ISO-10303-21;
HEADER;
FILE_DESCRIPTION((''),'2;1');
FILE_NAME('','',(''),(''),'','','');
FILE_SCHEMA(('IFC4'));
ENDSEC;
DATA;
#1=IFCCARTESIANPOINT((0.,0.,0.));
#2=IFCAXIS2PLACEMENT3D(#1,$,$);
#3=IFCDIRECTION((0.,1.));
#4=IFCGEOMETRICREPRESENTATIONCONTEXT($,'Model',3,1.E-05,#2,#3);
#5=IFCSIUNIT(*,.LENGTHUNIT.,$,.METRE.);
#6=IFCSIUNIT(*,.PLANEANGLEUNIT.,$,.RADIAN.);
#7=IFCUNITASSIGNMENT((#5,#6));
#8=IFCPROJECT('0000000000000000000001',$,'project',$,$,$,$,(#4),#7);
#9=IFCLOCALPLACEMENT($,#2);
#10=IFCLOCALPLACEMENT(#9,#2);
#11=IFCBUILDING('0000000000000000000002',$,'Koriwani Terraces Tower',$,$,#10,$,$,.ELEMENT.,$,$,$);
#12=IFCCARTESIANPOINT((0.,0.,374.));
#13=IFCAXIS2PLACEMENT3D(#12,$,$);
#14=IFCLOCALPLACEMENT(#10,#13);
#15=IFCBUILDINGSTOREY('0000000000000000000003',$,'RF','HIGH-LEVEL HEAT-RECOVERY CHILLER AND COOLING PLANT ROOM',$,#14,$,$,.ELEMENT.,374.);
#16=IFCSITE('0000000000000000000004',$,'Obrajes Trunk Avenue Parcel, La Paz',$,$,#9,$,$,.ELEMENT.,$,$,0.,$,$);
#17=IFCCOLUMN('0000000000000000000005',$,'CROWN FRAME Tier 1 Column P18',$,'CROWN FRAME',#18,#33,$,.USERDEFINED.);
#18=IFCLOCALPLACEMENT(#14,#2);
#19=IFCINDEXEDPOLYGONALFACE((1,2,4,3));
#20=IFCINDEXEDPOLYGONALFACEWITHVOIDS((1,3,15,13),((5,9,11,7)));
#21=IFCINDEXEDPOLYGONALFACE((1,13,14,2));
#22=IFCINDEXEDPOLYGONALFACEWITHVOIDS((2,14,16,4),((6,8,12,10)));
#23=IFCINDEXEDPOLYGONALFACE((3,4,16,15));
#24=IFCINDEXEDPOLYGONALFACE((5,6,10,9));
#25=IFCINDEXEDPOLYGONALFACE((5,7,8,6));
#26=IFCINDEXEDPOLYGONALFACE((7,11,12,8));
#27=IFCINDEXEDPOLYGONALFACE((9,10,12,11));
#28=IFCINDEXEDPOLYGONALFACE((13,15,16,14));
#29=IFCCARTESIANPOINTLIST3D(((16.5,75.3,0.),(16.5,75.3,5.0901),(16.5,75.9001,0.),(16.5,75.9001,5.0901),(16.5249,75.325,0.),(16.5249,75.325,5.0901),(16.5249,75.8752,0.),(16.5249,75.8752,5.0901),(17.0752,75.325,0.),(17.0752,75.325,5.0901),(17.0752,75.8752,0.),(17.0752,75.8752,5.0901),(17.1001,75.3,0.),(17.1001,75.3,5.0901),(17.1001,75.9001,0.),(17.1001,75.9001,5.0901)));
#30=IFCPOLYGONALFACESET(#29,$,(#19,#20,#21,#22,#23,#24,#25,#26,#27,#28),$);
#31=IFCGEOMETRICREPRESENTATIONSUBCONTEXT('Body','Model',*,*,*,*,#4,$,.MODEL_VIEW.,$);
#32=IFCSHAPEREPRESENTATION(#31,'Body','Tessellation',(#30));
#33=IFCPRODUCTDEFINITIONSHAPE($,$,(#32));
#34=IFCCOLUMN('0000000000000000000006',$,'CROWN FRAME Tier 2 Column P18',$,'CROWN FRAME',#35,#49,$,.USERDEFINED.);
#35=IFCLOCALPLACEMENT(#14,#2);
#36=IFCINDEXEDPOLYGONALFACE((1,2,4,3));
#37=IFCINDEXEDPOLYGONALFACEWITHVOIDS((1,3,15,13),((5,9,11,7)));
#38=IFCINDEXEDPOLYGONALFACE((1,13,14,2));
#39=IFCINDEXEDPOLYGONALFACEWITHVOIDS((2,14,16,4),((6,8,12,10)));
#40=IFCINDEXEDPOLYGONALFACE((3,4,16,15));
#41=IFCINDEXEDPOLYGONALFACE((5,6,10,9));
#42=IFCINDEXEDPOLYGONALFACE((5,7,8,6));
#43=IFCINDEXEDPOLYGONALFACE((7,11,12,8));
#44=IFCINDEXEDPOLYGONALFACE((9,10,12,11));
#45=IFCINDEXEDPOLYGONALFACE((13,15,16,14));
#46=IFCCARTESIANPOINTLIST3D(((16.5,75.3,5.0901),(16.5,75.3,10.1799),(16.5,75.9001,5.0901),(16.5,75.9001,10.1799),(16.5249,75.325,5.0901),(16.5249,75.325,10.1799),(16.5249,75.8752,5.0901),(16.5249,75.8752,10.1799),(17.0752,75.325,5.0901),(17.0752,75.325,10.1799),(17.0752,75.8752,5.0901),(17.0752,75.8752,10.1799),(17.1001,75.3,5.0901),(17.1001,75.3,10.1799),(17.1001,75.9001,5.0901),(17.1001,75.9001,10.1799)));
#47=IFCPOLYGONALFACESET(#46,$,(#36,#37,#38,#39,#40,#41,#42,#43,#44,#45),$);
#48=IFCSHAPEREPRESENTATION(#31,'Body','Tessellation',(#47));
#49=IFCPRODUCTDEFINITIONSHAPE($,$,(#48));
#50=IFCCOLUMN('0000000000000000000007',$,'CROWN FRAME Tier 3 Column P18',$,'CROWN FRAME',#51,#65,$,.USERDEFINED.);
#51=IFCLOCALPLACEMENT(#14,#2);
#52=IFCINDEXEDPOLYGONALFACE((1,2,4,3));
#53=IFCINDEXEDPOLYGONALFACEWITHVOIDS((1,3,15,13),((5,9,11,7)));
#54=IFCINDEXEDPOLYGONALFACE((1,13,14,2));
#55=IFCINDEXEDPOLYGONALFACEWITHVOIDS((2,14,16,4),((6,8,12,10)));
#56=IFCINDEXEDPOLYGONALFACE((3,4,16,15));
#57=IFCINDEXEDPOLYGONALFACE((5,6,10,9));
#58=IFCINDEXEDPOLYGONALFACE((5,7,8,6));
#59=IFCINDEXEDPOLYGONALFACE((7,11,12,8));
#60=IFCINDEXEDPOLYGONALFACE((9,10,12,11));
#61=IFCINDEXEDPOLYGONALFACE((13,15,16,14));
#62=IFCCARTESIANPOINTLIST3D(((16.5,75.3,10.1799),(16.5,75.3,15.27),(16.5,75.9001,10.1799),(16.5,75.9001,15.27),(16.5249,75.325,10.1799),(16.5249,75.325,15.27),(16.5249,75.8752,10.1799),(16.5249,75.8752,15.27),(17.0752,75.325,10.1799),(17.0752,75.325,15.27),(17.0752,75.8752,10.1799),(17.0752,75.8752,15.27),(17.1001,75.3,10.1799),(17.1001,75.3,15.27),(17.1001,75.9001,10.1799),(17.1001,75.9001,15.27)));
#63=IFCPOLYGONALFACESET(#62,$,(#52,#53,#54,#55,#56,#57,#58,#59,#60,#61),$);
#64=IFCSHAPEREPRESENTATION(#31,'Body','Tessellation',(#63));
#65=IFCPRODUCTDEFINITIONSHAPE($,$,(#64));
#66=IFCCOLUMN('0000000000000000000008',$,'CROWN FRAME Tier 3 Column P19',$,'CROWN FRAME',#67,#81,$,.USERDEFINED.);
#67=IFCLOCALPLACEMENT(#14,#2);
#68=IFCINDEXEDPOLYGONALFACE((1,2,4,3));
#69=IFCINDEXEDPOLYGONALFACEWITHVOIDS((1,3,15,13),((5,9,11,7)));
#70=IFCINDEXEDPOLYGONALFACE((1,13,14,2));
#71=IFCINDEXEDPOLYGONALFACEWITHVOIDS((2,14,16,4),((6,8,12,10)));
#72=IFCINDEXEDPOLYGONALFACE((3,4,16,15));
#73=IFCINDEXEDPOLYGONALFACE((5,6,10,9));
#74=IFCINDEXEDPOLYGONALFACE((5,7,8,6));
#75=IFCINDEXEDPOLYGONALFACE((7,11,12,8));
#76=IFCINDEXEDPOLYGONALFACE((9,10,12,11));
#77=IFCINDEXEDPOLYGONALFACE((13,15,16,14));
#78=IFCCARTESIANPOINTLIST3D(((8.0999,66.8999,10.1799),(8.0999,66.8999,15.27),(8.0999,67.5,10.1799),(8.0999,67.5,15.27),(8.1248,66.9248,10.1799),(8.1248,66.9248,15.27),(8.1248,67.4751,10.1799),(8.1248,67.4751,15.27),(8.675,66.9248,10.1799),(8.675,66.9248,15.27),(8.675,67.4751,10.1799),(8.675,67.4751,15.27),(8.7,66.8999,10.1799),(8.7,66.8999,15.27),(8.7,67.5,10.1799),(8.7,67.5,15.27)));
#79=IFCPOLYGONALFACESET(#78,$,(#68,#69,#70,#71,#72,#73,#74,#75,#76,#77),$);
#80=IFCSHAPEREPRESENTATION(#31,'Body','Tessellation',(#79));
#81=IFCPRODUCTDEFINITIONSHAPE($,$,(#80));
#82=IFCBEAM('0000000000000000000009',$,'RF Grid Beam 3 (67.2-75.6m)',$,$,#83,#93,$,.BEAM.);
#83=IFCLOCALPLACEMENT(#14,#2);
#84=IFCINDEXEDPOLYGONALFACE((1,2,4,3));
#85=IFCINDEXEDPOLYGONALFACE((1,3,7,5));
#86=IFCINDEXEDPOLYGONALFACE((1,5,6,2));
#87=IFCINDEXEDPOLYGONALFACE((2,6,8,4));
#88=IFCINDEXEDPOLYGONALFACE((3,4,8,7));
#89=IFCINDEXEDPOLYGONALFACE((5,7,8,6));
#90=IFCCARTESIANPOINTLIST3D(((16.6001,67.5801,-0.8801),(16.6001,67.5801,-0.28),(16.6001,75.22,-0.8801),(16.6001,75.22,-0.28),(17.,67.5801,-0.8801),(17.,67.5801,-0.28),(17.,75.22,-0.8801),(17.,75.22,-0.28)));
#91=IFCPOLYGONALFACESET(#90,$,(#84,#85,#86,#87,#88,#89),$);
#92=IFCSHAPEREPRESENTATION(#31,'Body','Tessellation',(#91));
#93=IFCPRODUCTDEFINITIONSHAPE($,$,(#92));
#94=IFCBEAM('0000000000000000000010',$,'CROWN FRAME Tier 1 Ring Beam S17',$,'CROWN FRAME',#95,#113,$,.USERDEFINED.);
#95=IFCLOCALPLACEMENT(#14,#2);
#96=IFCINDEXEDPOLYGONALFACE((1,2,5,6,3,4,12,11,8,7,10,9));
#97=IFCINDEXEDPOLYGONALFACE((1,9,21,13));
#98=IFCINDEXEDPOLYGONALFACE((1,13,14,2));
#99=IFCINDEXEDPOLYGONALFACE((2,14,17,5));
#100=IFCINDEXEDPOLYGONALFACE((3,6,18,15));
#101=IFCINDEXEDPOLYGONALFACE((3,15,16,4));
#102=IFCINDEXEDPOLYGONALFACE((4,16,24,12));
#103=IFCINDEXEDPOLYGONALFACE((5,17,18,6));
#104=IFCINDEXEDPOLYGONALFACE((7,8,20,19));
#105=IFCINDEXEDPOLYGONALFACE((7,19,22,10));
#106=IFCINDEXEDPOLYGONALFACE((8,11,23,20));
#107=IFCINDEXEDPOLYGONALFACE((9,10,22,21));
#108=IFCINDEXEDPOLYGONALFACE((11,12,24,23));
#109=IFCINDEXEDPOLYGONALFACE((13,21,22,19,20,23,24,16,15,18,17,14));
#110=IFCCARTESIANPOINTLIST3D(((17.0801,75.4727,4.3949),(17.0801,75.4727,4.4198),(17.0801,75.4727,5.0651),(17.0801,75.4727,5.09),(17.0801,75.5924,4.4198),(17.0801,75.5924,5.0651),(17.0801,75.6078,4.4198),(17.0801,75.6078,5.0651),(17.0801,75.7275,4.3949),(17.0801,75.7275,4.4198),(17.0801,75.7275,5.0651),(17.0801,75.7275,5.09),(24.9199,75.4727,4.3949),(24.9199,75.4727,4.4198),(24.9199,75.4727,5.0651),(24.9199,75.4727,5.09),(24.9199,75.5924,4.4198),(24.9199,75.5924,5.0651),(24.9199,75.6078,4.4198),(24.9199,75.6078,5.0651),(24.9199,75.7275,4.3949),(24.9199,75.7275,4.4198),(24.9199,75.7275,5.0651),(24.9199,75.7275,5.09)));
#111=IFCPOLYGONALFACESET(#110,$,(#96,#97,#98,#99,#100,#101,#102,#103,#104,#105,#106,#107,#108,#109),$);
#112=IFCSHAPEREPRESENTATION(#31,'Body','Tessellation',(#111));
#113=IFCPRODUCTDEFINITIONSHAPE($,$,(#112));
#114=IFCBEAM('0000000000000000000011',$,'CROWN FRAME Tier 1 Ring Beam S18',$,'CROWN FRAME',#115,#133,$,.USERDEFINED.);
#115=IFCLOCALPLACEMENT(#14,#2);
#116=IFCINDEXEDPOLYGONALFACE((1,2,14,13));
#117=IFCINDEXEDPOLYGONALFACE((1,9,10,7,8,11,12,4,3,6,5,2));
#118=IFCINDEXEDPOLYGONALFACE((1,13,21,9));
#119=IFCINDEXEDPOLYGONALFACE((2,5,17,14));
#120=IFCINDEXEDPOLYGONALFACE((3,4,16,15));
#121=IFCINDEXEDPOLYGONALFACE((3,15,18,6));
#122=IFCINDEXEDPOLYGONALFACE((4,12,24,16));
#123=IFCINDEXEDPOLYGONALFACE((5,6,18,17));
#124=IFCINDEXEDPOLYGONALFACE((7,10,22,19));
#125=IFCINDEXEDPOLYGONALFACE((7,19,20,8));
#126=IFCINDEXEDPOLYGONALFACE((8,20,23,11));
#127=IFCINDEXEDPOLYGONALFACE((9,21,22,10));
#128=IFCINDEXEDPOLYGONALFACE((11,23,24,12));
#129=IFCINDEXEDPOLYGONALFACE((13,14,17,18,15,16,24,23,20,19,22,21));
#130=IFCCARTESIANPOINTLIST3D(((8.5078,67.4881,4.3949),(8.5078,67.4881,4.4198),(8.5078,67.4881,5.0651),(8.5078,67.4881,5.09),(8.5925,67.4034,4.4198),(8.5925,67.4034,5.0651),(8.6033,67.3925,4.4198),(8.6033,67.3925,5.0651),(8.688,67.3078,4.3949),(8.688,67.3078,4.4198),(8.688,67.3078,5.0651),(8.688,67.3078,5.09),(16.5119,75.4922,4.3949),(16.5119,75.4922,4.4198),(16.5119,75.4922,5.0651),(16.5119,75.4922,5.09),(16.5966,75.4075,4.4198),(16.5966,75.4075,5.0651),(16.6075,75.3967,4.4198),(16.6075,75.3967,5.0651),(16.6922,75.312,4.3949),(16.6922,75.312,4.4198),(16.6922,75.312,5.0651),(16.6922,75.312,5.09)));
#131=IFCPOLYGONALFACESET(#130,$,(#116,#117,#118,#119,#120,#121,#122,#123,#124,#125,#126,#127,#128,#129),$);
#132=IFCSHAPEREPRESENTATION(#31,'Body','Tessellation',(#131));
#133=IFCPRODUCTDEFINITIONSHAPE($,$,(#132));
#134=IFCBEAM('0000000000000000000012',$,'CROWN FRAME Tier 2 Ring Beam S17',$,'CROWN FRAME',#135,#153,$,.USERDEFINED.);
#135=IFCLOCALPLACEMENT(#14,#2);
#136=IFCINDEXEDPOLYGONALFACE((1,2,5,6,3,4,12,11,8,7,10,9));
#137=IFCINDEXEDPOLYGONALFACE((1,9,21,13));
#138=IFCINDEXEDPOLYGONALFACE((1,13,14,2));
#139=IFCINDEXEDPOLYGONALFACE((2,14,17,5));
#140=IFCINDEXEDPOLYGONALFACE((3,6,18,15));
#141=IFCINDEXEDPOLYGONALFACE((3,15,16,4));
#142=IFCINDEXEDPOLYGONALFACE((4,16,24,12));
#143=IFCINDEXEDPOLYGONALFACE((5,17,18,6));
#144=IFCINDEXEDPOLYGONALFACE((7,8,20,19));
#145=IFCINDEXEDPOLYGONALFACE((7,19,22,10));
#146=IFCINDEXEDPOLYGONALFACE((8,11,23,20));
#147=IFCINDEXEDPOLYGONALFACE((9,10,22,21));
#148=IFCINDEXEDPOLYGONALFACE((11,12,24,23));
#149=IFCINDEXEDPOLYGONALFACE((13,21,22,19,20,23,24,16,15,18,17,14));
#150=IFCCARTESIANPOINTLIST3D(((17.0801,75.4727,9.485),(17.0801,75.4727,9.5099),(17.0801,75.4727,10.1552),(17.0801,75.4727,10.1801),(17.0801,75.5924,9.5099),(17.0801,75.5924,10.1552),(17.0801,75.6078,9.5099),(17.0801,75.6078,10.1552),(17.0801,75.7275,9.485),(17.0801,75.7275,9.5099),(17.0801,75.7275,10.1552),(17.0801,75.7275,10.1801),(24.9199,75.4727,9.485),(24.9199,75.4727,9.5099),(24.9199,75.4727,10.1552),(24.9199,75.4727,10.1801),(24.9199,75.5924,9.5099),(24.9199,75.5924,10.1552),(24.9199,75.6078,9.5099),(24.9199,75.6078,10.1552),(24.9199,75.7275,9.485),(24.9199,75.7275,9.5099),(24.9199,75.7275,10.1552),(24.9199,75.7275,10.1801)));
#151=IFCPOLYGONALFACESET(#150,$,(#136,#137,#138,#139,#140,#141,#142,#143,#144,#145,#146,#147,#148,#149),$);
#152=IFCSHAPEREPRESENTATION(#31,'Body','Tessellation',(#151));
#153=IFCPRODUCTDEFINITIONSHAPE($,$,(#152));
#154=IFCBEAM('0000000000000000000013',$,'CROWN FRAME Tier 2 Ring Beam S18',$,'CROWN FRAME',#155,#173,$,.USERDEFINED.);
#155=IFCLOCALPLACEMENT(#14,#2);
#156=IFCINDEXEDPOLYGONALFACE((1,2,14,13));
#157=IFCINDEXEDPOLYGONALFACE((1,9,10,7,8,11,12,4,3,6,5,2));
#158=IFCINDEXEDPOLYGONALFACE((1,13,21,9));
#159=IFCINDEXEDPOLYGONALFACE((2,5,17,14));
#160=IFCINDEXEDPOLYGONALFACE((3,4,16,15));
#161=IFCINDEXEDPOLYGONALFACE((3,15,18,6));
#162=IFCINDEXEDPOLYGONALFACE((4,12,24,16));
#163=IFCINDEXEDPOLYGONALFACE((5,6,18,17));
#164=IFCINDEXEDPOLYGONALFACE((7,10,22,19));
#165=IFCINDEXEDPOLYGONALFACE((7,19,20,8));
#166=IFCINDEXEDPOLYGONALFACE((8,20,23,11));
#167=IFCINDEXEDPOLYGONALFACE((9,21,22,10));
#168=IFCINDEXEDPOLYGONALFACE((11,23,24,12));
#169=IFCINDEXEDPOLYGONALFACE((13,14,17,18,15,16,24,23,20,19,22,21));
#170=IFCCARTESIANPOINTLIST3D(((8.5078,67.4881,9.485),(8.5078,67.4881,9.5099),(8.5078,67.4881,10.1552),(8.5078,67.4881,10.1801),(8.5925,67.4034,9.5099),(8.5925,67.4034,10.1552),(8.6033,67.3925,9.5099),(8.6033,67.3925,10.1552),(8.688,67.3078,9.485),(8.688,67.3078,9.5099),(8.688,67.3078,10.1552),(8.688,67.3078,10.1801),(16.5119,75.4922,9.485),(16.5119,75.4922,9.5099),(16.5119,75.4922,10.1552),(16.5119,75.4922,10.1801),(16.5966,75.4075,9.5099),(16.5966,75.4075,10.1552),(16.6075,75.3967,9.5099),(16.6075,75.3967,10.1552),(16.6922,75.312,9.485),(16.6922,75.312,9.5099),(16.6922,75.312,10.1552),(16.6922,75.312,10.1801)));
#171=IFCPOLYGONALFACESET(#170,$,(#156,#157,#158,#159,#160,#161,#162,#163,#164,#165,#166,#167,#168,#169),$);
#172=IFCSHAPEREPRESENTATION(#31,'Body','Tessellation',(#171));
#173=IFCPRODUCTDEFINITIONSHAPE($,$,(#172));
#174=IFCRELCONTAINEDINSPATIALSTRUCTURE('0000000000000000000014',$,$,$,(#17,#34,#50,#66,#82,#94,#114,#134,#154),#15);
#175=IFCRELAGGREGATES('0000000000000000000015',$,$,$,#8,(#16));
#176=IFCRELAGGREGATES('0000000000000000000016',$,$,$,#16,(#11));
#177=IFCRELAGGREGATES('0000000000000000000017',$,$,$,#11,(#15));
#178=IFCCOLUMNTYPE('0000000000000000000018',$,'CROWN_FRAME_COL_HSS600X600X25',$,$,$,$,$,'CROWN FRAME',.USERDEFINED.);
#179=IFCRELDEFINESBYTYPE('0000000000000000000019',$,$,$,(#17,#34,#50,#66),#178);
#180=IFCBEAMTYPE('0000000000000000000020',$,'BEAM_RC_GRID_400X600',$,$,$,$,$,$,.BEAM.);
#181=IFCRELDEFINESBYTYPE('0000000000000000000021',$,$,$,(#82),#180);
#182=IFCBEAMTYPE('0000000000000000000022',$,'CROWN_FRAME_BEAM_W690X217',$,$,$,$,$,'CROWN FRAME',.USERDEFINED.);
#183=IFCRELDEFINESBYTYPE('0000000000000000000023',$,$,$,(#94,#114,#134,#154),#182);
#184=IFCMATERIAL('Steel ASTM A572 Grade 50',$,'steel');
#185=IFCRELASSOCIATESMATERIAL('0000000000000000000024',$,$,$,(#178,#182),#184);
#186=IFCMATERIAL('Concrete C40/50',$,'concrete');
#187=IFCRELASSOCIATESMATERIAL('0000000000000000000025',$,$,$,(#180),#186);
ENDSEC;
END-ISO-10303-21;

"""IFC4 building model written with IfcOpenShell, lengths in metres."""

from ifc_helpers import new_model, si_unit, direction, frame, origin, origin_2d, place, context, subcontext, project, spatial, rectangle, hollow_rectangle, i_section, extrude, material, material_profile, profile_set, type_object, element, save


model = new_model("IFC4")

# Units and contexts
model_context = context("Model", 3, precision=1e-05, world=origin(), true_north=direction((0.0, 1.0)))
body_context = subcontext(model_context, "Body", "Model", "MODEL_VIEW")
ifc_project = project(units=[si_unit("LENGTHUNIT", "METRE"), si_unit("PLANEANGLEUNIT", "RADIAN")], contexts=[model_context])

# Site, building, storey
site_placement = place(None, origin())
site = spatial("IfcSite", under=ifc_project, at=site_placement, Name="Obrajes Trunk Avenue Parcel, La Paz", CompositionType="ELEMENT", RefElevation=0.0)
building_placement = place(site_placement, origin())
building = spatial("IfcBuilding", under=site, at=building_placement, Name="Koriwani Terraces Tower", CompositionType="ELEMENT")
storey_placement = place(building_placement, frame((0.0, 0.0, 374.0)))
storey = spatial("IfcBuildingStorey", under=building, at=storey_placement, Name="RF", Description="HIGH-LEVEL HEAT-RECOVERY CHILLER AND COOLING PLANT ROOM", CompositionType="ELEMENT", Elevation=374.0)

# Columns
ifc_material_1 = material(Name="Steel ASTM A572 Grade 50", Category="steel")
ifc_material_profile_1 = material_profile(ifc_material_1, hollow_rectangle(XDim=0.6001, YDim=0.6001, WallThickness=0.0249, at=origin_2d()), Name="Steel ASTM A572 Grade 50", Category="LoadBearing")
ifc_profile_set_1 = profile_set([ifc_material_profile_1], Name="Steel ASTM A572 Grade 50")
column_type = type_object("IfcColumnType", Name="CROWN_FRAME_COL_HSS600X600X25", ElementType="CROWN FRAME", PredefinedType="USERDEFINED", material=ifc_profile_set_1)
column_1_placement = place(storey_placement, frame((16.8, 75.6001, 0.0), z_axis=(0.0, 0.0, 1.0), x_axis=(1.0, 0.0, 0.0)))
element("IfcColumn", 1, at=column_1_placement, inside=storey, type_object=column_type, Name="CROWN FRAME Tier 1 Column P18", ObjectType="CROWN FRAME", PredefinedType="USERDEFINED", context=body_context, shape_type="SweptSolid", body=[
    extrude(hollow_rectangle(XDim=0.6001, YDim=0.6001, WallThickness=0.0249, at=origin_2d()), origin(), (0.0, 0.0, 1.0), 5.0901),
])
column_2_placement = place(storey_placement, frame((16.8, 75.6001, 5.0901), z_axis=(0.0, 0.0, 1.0), x_axis=(1.0, 0.0, 0.0)))
element("IfcColumn", 2, at=column_2_placement, inside=storey, type_object=column_type, Name="CROWN FRAME Tier 2 Column P18", ObjectType="CROWN FRAME", PredefinedType="USERDEFINED", context=body_context, shape_type="SweptSolid", body=[
    extrude(hollow_rectangle(XDim=0.6001, YDim=0.6001, WallThickness=0.0249, at=origin_2d()), origin(), (0.0, 0.0, 1.0), 5.0898),
])
for number, where, z_axis, x_axis, name in (
    (3, (16.8, 75.6001, 10.1799), (0.0, 0.0, 1.0), (1.0, 0.0, 0.0), "CROWN FRAME Tier 3 Column P18"),
    (4, (8.3999, 67.2, 10.1799), (0.0, 0.0, 1.0), (1.0, 0.0, 0.0), "CROWN FRAME Tier 3 Column P19"),
):
    element("IfcColumn", number, at=place(storey_placement, frame(where, z_axis=z_axis, x_axis=x_axis)), inside=storey, type_object=column_type, Name=name, ObjectType="CROWN FRAME", PredefinedType="USERDEFINED", context=body_context, shape_type="SweptSolid", body=[
        extrude(hollow_rectangle(XDim=0.6001, YDim=0.6001, WallThickness=0.0249, at=origin_2d()), origin(), (0.0, 0.0, 1.0), 5.0901),
    ])

# Beams
ifc_material_2 = material(Name="Concrete C40/50", Category="concrete")
ifc_material_profile_2 = material_profile(ifc_material_2, rectangle(XDim=0.3999, YDim=0.6001, at=origin_2d()), Name="Concrete C40/50", Category="LoadBearing")
ifc_profile_set_2 = profile_set([ifc_material_profile_2], Name="Concrete C40/50")
beam_type_1 = type_object("IfcBeamType", Name="BEAM_RC_GRID_400X600", PredefinedType="BEAM", material=ifc_profile_set_2)
beam_1_placement = place(storey_placement, frame((16.8, 67.5801, -0.5801), z_axis=(0.0, 1.0, 0.0), x_axis=(-1.0, 0.0, 0.0)))
element("IfcBeam", 5, at=beam_1_placement, inside=storey, type_object=beam_type_1, Name="RF Grid Beam 3 (67.2-75.6m)", PredefinedType="BEAM", context=body_context, shape_type="SweptSolid", body=[
    extrude(rectangle(XDim=0.3999, YDim=0.6001, at=origin_2d()), origin(), (0.0, 0.0, 1.0), 7.6399),
])
ifc_material_profile_3 = material_profile(ifc_material_1, i_section(OverallWidth=0.2549, OverallDepth=0.6951, WebThickness=0.0154, FlangeThickness=0.0249, at=origin_2d()), Name="Steel ASTM A572 Grade 50", Category="LoadBearing")
ifc_profile_set_3 = profile_set([ifc_material_profile_3], Name="Steel ASTM A572 Grade 50")
beam_type_2 = type_object("IfcBeamType", Name="CROWN_FRAME_BEAM_W690X217", ElementType="CROWN FRAME", PredefinedType="USERDEFINED", material=ifc_profile_set_3)
beam_2_placement = place(storey_placement, frame((24.9199, 75.6001, 4.7424), z_axis=(-1.0, 0.0, 0.0), x_axis=(0.0, -1.0, 0.0)))
element("IfcBeam", 6, at=beam_2_placement, inside=storey, type_object=beam_type_2, Name="CROWN FRAME Tier 1 Ring Beam S17", ObjectType="CROWN FRAME", PredefinedType="USERDEFINED", context=body_context, shape_type="SweptSolid", body=[
    extrude(i_section(OverallWidth=0.2549, OverallDepth=0.6951, WebThickness=0.0154, FlangeThickness=0.0249, at=origin_2d()), origin(), (0.0, 0.0, 1.0), 7.8398),
])
beam_3_placement = place(storey_placement, frame((16.6021, 75.4021, 4.7424), z_axis=(-0.707107, -0.707107, 0.0), x_axis=(0.707107, -0.707107, 0.0)))
element("IfcBeam", 7, at=beam_3_placement, inside=storey, type_object=beam_type_2, Name="CROWN FRAME Tier 1 Ring Beam S18", ObjectType="CROWN FRAME", PredefinedType="USERDEFINED", context=body_context, shape_type="SweptSolid", body=[
    extrude(i_section(OverallWidth=0.2549, OverallDepth=0.6951, WebThickness=0.0154, FlangeThickness=0.0249, at=origin_2d()), origin(), (0.0, 0.0, 1.0), 11.3196),
])
beam_4_placement = place(storey_placement, frame((24.9199, 75.6001, 9.8325), z_axis=(-1.0, 0.0, 0.0), x_axis=(0.0, -1.0, 0.0)))
element("IfcBeam", 8, at=beam_4_placement, inside=storey, type_object=beam_type_2, Name="CROWN FRAME Tier 2 Ring Beam S17", ObjectType="CROWN FRAME", PredefinedType="USERDEFINED", context=body_context, shape_type="SweptSolid", body=[
    extrude(i_section(OverallWidth=0.2549, OverallDepth=0.6951, WebThickness=0.0154, FlangeThickness=0.0249, at=origin_2d()), origin(), (0.0, 0.0, 1.0), 7.8398),
])
beam_5_placement = place(storey_placement, frame((16.6021, 75.4021, 9.8325), z_axis=(-0.707107, -0.707107, 0.0), x_axis=(0.707107, -0.707107, 0.0)))
element("IfcBeam", 9, at=beam_5_placement, inside=storey, type_object=beam_type_2, Name="CROWN FRAME Tier 2 Ring Beam S18", ObjectType="CROWN FRAME", PredefinedType="USERDEFINED", context=body_context, shape_type="SweptSolid", body=[
    extrude(i_section(OverallWidth=0.2549, OverallDepth=0.6951, WebThickness=0.0154, FlangeThickness=0.0249, at=origin_2d()), origin(), (0.0, 0.0, 1.0), 11.3196),
])

save(model, "model.ifc")
